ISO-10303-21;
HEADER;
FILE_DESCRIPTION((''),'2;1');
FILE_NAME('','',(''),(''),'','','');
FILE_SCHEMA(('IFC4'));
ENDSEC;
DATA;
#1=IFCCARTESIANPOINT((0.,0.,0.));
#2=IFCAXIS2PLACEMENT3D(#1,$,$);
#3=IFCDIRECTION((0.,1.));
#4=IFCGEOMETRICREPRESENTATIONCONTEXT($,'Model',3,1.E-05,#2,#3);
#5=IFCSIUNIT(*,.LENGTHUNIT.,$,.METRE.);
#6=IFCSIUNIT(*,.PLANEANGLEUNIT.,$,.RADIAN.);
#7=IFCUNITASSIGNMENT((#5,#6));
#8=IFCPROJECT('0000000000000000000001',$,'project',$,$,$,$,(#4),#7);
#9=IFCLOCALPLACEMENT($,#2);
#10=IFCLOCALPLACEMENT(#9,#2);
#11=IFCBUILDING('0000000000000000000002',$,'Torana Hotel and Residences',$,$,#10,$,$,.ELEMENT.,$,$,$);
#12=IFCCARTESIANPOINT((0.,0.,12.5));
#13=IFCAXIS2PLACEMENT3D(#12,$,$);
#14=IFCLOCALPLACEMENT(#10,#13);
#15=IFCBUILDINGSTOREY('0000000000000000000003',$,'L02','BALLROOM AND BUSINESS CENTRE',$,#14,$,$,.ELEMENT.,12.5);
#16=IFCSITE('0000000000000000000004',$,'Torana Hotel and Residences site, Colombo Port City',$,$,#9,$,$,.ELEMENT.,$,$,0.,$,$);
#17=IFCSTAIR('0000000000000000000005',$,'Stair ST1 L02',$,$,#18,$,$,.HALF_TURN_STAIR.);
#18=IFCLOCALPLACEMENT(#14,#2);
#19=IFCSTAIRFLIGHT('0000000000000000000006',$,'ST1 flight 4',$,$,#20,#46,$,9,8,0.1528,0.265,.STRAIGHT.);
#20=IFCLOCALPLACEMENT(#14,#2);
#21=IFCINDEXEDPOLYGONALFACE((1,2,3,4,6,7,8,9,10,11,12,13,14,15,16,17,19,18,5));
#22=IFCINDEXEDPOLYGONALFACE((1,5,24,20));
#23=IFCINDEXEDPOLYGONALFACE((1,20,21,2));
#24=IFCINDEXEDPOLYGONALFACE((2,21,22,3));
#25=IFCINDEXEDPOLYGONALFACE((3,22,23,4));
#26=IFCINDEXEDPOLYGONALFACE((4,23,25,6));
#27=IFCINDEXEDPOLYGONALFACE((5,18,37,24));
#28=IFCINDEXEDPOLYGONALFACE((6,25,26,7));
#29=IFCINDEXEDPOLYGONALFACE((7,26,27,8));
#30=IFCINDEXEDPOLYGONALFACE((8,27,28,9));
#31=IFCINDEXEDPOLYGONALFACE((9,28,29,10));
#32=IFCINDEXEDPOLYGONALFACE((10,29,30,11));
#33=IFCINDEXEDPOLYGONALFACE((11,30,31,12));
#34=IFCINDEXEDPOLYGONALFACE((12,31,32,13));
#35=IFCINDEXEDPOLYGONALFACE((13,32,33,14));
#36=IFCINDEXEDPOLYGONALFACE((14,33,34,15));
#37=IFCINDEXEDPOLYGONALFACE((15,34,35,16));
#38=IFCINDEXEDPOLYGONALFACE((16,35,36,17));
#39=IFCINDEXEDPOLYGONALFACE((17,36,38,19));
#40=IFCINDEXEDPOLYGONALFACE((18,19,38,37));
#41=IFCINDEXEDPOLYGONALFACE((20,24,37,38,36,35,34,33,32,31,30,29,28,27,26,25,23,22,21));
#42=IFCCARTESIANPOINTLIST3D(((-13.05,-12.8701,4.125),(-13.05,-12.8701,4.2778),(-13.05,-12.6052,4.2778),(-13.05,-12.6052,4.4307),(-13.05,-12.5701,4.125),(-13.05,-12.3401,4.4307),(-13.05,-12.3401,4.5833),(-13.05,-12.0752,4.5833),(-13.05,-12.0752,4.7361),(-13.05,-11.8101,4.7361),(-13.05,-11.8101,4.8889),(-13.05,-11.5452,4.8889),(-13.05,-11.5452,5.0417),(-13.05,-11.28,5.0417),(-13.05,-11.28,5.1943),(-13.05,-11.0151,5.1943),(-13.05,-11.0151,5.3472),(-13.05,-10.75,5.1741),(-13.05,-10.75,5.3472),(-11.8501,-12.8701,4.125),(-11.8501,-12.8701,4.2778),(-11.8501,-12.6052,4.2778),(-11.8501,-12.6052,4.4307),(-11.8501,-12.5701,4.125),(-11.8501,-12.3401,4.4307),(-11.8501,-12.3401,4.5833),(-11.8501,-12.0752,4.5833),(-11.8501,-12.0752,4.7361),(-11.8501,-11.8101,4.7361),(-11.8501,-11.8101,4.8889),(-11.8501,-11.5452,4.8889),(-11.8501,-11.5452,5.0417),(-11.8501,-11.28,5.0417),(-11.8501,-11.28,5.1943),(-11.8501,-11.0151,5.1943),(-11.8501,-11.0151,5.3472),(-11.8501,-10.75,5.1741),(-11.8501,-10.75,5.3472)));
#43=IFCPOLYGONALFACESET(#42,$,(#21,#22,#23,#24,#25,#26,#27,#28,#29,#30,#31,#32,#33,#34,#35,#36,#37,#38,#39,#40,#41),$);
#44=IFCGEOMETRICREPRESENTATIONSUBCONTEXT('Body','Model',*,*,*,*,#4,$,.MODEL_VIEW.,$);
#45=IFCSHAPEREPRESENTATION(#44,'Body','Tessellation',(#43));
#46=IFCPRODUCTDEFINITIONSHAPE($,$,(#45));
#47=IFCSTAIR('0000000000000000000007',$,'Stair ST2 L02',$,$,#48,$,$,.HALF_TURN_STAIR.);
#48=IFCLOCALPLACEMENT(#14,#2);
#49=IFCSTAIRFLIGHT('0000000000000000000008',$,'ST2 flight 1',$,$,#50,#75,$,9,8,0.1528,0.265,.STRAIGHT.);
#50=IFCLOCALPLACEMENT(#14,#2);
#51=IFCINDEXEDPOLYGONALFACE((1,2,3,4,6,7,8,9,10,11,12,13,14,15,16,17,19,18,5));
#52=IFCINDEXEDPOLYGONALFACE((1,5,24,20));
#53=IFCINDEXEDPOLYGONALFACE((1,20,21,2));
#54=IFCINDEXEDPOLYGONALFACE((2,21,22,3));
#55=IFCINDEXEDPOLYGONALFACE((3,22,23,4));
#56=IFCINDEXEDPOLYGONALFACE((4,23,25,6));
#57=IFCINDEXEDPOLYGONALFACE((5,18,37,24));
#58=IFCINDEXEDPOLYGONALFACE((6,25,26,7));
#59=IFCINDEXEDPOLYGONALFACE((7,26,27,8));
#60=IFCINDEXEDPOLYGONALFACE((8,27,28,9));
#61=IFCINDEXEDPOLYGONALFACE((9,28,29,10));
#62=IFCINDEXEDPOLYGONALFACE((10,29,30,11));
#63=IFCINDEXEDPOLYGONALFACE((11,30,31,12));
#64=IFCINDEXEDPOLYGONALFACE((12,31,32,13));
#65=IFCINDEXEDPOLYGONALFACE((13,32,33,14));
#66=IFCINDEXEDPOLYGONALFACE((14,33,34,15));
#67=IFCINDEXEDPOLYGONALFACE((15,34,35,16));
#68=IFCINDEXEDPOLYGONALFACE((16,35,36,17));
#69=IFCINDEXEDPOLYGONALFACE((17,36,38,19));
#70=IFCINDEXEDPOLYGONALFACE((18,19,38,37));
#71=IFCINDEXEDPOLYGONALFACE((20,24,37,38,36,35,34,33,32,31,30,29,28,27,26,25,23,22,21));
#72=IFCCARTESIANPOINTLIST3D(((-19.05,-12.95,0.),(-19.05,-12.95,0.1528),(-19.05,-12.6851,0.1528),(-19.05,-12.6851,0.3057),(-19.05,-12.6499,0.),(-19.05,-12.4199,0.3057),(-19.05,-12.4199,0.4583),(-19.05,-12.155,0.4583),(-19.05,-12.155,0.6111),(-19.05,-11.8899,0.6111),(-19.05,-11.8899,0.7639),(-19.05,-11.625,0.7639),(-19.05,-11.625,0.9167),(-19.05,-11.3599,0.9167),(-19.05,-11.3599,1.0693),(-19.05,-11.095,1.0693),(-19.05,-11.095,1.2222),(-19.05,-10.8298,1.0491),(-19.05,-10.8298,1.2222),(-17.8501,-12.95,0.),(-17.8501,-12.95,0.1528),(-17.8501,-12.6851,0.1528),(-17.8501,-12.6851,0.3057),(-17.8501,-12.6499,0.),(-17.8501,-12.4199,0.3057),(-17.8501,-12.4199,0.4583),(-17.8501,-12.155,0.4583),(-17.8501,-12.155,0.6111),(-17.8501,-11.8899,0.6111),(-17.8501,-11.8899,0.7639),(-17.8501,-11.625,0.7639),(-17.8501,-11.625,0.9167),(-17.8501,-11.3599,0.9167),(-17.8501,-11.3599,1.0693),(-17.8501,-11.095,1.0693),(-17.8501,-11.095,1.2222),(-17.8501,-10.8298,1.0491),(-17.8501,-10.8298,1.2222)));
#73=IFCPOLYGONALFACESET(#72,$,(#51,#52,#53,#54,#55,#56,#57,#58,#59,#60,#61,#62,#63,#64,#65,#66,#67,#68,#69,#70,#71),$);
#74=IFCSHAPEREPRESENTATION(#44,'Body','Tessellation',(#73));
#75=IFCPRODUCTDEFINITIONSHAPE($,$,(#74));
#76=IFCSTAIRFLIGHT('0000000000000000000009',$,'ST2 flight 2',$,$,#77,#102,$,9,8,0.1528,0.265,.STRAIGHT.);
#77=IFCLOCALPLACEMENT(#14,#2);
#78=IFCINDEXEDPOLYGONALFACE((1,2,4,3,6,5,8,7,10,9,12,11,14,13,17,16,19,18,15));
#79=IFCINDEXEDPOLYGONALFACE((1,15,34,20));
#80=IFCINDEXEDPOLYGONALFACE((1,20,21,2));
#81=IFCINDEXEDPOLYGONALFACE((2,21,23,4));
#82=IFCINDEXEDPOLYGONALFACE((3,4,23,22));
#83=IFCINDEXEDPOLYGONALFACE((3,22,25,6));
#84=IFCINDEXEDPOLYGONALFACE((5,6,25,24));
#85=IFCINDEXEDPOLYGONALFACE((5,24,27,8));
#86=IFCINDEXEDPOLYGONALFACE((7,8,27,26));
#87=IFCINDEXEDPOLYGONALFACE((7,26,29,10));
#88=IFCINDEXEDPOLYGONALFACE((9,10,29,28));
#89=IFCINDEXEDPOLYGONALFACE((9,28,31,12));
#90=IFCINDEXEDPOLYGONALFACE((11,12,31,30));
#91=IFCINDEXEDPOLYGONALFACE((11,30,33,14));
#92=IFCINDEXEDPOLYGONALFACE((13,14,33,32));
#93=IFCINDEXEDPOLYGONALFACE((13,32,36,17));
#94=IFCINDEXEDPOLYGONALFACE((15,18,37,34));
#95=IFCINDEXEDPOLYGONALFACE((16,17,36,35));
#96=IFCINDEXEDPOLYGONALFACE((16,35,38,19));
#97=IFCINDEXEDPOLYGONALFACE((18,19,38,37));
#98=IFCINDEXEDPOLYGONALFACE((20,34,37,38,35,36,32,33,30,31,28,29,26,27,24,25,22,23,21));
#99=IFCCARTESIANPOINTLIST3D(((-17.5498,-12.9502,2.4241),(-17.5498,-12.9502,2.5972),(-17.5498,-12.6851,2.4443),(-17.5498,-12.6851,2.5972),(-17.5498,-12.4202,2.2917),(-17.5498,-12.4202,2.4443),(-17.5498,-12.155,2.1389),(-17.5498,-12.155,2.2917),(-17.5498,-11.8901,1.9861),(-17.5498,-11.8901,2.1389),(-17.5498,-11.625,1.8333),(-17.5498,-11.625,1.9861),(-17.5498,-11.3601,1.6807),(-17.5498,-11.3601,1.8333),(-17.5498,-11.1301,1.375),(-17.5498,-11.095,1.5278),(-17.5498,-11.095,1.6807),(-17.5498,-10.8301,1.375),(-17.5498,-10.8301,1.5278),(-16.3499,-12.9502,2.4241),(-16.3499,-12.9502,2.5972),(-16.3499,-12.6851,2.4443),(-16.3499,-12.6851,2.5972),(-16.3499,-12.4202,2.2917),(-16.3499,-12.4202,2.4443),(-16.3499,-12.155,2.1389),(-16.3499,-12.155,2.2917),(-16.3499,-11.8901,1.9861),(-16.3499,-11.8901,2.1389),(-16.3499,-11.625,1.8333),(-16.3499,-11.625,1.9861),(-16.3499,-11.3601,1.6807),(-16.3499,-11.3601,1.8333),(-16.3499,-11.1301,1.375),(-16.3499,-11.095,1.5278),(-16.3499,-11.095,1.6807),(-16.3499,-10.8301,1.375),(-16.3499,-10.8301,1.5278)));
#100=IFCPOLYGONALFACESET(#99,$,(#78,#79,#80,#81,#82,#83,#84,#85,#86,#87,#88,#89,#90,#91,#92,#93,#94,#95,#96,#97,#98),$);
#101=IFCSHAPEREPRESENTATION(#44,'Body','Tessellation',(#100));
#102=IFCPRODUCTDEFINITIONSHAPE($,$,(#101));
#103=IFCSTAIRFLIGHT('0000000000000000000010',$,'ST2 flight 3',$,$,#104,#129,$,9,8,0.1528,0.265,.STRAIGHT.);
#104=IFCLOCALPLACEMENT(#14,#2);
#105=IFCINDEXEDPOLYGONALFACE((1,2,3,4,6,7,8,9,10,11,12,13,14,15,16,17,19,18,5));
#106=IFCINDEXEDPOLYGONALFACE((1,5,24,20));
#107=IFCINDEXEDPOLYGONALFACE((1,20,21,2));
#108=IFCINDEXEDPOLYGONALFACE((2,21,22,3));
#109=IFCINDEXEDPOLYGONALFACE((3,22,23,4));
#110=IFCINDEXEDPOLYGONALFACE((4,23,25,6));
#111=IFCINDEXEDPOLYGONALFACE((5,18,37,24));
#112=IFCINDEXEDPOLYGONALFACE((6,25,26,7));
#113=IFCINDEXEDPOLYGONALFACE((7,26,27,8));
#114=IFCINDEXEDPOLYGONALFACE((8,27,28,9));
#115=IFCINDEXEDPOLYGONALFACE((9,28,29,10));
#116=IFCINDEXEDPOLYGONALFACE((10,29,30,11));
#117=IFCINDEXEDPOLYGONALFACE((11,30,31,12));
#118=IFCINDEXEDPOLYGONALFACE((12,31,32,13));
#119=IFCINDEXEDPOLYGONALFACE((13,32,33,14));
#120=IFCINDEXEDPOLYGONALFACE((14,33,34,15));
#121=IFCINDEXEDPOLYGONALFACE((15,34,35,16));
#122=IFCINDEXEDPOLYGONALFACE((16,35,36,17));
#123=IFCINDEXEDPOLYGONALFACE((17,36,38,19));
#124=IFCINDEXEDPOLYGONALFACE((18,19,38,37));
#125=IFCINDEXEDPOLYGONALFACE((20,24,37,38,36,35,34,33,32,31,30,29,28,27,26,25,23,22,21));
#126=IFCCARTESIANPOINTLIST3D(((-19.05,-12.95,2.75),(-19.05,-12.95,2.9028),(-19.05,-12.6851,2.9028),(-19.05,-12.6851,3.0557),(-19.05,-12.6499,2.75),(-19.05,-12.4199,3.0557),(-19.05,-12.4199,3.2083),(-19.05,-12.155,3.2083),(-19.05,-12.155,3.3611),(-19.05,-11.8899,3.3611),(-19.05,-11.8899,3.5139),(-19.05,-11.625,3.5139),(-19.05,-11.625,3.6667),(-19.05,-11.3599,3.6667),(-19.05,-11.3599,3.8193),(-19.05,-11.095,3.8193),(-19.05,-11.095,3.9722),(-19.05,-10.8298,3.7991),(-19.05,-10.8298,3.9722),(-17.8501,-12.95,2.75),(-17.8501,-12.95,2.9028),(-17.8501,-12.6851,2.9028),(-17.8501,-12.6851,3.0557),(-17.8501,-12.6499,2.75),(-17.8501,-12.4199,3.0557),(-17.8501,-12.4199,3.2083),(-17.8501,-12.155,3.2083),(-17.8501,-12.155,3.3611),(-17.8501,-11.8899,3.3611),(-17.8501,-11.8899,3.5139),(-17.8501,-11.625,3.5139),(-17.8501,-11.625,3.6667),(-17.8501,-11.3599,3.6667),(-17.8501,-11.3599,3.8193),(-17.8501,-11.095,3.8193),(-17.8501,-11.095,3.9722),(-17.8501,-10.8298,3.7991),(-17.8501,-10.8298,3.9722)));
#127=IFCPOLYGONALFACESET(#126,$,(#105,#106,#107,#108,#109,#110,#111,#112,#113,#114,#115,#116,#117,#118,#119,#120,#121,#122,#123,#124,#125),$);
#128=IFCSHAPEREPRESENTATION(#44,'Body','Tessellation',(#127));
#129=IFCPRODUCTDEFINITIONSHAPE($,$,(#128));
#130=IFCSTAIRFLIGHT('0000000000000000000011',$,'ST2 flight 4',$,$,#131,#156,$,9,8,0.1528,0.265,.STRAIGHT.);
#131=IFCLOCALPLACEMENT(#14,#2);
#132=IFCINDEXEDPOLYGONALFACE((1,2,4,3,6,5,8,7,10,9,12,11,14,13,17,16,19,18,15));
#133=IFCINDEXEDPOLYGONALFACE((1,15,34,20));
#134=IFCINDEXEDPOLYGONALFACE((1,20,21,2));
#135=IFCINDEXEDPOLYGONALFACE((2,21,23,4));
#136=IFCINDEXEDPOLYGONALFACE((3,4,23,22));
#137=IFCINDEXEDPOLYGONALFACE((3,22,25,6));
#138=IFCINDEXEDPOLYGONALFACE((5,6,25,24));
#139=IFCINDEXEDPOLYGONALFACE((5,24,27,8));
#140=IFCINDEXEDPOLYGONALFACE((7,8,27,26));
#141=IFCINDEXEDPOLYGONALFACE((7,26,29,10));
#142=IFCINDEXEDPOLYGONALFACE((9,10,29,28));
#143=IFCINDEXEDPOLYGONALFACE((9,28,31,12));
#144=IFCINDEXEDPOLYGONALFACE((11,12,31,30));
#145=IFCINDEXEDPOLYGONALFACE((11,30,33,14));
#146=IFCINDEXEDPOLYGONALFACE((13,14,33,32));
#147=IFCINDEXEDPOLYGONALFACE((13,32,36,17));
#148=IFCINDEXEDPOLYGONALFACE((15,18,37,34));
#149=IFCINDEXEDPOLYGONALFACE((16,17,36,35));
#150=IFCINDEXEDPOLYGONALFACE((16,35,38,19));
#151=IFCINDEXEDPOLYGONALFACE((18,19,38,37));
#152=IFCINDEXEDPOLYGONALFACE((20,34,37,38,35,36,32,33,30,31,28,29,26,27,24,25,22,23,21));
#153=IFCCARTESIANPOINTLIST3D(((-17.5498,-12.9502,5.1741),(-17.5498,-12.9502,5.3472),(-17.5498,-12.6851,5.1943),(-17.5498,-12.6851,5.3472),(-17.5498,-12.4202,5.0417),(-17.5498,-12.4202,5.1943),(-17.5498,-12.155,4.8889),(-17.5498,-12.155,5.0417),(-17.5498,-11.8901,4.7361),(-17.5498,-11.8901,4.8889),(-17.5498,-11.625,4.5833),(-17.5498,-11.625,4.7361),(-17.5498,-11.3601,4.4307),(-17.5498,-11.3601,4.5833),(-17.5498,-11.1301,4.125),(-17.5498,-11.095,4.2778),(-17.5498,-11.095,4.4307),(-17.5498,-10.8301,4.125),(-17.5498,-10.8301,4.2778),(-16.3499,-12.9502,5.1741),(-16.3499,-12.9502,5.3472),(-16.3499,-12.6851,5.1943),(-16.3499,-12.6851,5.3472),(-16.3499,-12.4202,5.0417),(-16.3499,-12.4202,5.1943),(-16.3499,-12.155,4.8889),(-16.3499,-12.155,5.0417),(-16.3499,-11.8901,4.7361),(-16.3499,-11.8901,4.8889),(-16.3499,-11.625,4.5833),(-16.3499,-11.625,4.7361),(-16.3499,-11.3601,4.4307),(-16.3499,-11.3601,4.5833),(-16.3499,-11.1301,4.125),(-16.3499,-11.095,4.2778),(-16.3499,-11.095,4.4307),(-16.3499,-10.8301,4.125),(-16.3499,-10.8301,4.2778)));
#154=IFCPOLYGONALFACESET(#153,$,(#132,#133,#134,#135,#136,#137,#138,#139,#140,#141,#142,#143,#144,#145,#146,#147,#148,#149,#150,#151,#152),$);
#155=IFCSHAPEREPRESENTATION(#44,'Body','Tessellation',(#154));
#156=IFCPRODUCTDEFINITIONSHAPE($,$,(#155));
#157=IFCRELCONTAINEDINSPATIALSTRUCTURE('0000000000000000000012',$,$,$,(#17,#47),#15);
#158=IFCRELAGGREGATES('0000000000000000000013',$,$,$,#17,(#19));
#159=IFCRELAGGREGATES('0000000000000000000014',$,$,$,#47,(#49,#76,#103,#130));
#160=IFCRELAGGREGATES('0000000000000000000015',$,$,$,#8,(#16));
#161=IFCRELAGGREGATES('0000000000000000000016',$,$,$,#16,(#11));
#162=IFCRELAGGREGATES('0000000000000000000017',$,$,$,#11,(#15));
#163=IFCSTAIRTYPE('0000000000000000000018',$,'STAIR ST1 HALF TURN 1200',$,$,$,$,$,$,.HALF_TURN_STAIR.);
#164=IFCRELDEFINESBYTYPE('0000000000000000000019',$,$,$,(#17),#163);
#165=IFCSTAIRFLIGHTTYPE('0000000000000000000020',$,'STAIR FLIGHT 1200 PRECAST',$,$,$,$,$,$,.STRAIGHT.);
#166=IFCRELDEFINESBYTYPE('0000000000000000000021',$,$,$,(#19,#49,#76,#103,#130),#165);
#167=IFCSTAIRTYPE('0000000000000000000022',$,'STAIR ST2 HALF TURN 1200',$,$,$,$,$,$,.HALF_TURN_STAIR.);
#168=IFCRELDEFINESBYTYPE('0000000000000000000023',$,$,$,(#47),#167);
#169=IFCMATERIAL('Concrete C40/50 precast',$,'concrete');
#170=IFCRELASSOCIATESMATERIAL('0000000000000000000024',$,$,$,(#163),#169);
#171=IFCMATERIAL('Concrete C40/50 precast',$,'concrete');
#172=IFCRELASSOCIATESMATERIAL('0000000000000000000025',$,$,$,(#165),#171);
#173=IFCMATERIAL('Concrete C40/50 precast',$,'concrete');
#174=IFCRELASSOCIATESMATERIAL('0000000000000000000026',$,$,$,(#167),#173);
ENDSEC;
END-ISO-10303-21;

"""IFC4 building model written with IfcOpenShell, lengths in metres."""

from ifc_helpers import new_model, si_unit, direction, frame, origin, place, context, subcontext, project, spatial, polyline, outline, extrude, material, type_object, element, aggregate, save


model = new_model("IFC4")

# Units and contexts
model_context = context("Model", 3, precision=1e-05, world=origin(), true_north=direction((0.0, 1.0)))
body_context = subcontext(model_context, "Body", "Model", "MODEL_VIEW")
ifc_project = project(units=[si_unit("LENGTHUNIT", "METRE"), si_unit("PLANEANGLEUNIT", "RADIAN")], contexts=[model_context])

# Site, building, storey
site_placement = place(None, origin())
site = spatial("IfcSite", under=ifc_project, at=site_placement, Name="Torana Hotel and Residences site, Colombo Port City", CompositionType="ELEMENT", RefElevation=0.0)
building_placement = place(site_placement, origin())
building = spatial("IfcBuilding", under=site, at=building_placement, Name="Torana Hotel and Residences", CompositionType="ELEMENT")
storey_placement = place(building_placement, frame((0.0, 0.0, 12.5)))
storey = spatial("IfcBuildingStorey", under=building, at=storey_placement, Name="L02", Description="BALLROOM AND BUSINESS CENTRE", CompositionType="ELEMENT", Elevation=12.5)

# Stairs, stair flights
ifc_material_1 = material(Name="Concrete C40/50 precast", Category="concrete")
stair_type_1 = type_object("IfcStairType", Name="STAIR ST1 HALF TURN 1200", PredefinedType="HALF_TURN_STAIR", material=ifc_material_1)
stair_1_placement = place(storey_placement, origin())
stair_1 = element("IfcStair", 1, at=stair_1_placement, inside=storey, type_object=stair_type_1, Name="Stair ST1 L02", PredefinedType="HALF_TURN_STAIR")
ifc_material_2 = material(Name="Concrete C40/50 precast", Category="concrete")
stair_flight_type = type_object("IfcStairFlightType", Name="STAIR FLIGHT 1200 PRECAST", PredefinedType="STRAIGHT", material=ifc_material_2)
stair_flight_1_placement = place(storey_placement, frame((-12.45, -12.8701, 4.125), z_axis=(0.0, 0.0, 1.0), x_axis=(0.0, 1.0, 0.0)))
stair_flight_1 = element("IfcStairFlight", 2, at=stair_flight_1_placement, type_object=stair_flight_type, Name="ST1 flight 4", NumberOfRisers=9, NumberOfTreads=8, PredefinedType="STRAIGHT", RiserHeight=0.1528, TreadLength=0.265, context=body_context, shape_type="SweptSolid", body=[
    extrude(outline(polyline([(0.0, 0.0), (0.0, 0.1528), (0.2649, 0.1528), (0.2649, 0.3057), (0.53, 0.3057), (0.53, 0.4583), (0.7949, 0.4583), (0.7949, 0.6111), (1.0601, 0.6111), (1.0601, 0.7639), (1.325, 0.7639), (1.325, 0.9167), (1.5901, 0.9167), (1.5901, 1.0693), (1.855, 1.0693), (1.855, 1.2222), (2.1201, 1.2222), (2.1201, 1.375), (2.1201, 1.0491), (0.3, 0.0), (0.0, 0.0)])), frame((0.0, 0.6001, 0.0), z_axis=(0.0, -1.0, 0.0), x_axis=(1.0, 0.0, 0.0)), (0.0, 0.0, 1.0), 1.2),
])
aggregate(stair_1, [stair_flight_1])
ifc_material_3 = material(Name="Concrete C40/50 precast", Category="concrete")
stair_type_2 = type_object("IfcStairType", Name="STAIR ST2 HALF TURN 1200", PredefinedType="HALF_TURN_STAIR", material=ifc_material_3)
stair_2_placement = place(storey_placement, origin())
stair_2 = element("IfcStair", 3, at=stair_2_placement, inside=storey, type_object=stair_type_2, Name="Stair ST2 L02", PredefinedType="HALF_TURN_STAIR")
stair_flight_2_placement = place(storey_placement, frame((-18.45, -12.95, 0.0), z_axis=(0.0, 0.0, 1.0), x_axis=(0.0, 1.0, 0.0)))
stair_flight_2 = element("IfcStairFlight", 4, at=stair_flight_2_placement, type_object=stair_flight_type, Name="ST2 flight 1", NumberOfRisers=9, NumberOfTreads=8, PredefinedType="STRAIGHT", RiserHeight=0.1528, TreadLength=0.265, context=body_context, shape_type="SweptSolid", body=[
    extrude(outline(polyline([(0.0, 0.0), (0.0, 0.1528), (0.2649, 0.1528), (0.2649, 0.3057), (0.53, 0.3057), (0.53, 0.4583), (0.7949, 0.4583), (0.7949, 0.6111), (1.0601, 0.6111), (1.0601, 0.7639), (1.325, 0.7639), (1.325, 0.9167), (1.5901, 0.9167), (1.5901, 1.0693), (1.855, 1.0693), (1.855, 1.2222), (2.1201, 1.2222), (2.1201, 1.375), (2.1201, 1.0491), (0.3, 0.0), (0.0, 0.0)])), frame((0.0, 0.6001, 0.0), z_axis=(0.0, -1.0, 0.0), x_axis=(1.0, 0.0, 0.0)), (0.0, 0.0, 1.0), 1.2),
])
stair_flight_3_placement = place(storey_placement, frame((-16.95, -10.8301, 1.375), z_axis=(0.0, 0.0, 1.0), x_axis=(0.0, -1.0, 0.0)))
stair_flight_3 = element("IfcStairFlight", 5, at=stair_flight_3_placement, type_object=stair_flight_type, Name="ST2 flight 2", NumberOfRisers=9, NumberOfTreads=8, PredefinedType="STRAIGHT", RiserHeight=0.1528, TreadLength=0.265, context=body_context, shape_type="SweptSolid", body=[
    extrude(outline(polyline([(0.0, 0.0), (0.0, 0.1528), (0.2649, 0.1528), (0.2649, 0.3057), (0.53, 0.3057), (0.53, 0.4583), (0.7949, 0.4583), (0.7949, 0.6111), (1.0601, 0.6111), (1.0601, 0.7639), (1.325, 0.7639), (1.325, 0.9167), (1.5901, 0.9167), (1.5901, 1.0693), (1.855, 1.0693), (1.855, 1.2222), (2.1201, 1.2222), (2.1201, 1.375), (2.1201, 1.0491), (0.3, 0.0), (0.0, 0.0)])), frame((0.0, 0.6001, 0.0), z_axis=(0.0, -1.0, 0.0), x_axis=(1.0, 0.0, 0.0)), (0.0, 0.0, 1.0), 1.2),
])
stair_flight_4_placement = place(storey_placement, frame((-18.45, -12.95, 2.75), z_axis=(0.0, 0.0, 1.0), x_axis=(0.0, 1.0, 0.0)))
stair_flight_4 = element("IfcStairFlight", 6, at=stair_flight_4_placement, type_object=stair_flight_type, Name="ST2 flight 3", NumberOfRisers=9, NumberOfTreads=8, PredefinedType="STRAIGHT", RiserHeight=0.1528, TreadLength=0.265, context=body_context, shape_type="SweptSolid", body=[
    extrude(outline(polyline([(0.0, 0.0), (0.0, 0.1528), (0.2649, 0.1528), (0.2649, 0.3057), (0.53, 0.3057), (0.53, 0.4583), (0.7949, 0.4583), (0.7949, 0.6111), (1.0601, 0.6111), (1.0601, 0.7639), (1.325, 0.7639), (1.325, 0.9167), (1.5901, 0.9167), (1.5901, 1.0693), (1.855, 1.0693), (1.855, 1.2222), (2.1201, 1.2222), (2.1201, 1.375), (2.1201, 1.0491), (0.3, 0.0), (0.0, 0.0)])), frame((0.0, 0.6001, 0.0), z_axis=(0.0, -1.0, 0.0), x_axis=(1.0, 0.0, 0.0)), (0.0, 0.0, 1.0), 1.2),
])
stair_flight_5_placement = place(storey_placement, frame((-16.95, -10.8301, 4.125), z_axis=(0.0, 0.0, 1.0), x_axis=(0.0, -1.0, 0.0)))
stair_flight_5 = element("IfcStairFlight", 7, at=stair_flight_5_placement, type_object=stair_flight_type, Name="ST2 flight 4", NumberOfRisers=9, NumberOfTreads=8, PredefinedType="STRAIGHT", RiserHeight=0.1528, TreadLength=0.265, context=body_context, shape_type="SweptSolid", body=[
    extrude(outline(polyline([(0.0, 0.0), (0.0, 0.1528), (0.2649, 0.1528), (0.2649, 0.3057), (0.53, 0.3057), (0.53, 0.4583), (0.7949, 0.4583), (0.7949, 0.6111), (1.0601, 0.6111), (1.0601, 0.7639), (1.325, 0.7639), (1.325, 0.9167), (1.5901, 0.9167), (1.5901, 1.0693), (1.855, 1.0693), (1.855, 1.2222), (2.1201, 1.2222), (2.1201, 1.375), (2.1201, 1.0491), (0.3, 0.0), (0.0, 0.0)])), frame((0.0, 0.6001, 0.0), z_axis=(0.0, -1.0, 0.0), x_axis=(1.0, 0.0, 0.0)), (0.0, 0.0, 1.0), 1.2),
])
aggregate(stair_2, [stair_flight_2, stair_flight_3, stair_flight_4, stair_flight_5])

save(model, "model.ifc")
